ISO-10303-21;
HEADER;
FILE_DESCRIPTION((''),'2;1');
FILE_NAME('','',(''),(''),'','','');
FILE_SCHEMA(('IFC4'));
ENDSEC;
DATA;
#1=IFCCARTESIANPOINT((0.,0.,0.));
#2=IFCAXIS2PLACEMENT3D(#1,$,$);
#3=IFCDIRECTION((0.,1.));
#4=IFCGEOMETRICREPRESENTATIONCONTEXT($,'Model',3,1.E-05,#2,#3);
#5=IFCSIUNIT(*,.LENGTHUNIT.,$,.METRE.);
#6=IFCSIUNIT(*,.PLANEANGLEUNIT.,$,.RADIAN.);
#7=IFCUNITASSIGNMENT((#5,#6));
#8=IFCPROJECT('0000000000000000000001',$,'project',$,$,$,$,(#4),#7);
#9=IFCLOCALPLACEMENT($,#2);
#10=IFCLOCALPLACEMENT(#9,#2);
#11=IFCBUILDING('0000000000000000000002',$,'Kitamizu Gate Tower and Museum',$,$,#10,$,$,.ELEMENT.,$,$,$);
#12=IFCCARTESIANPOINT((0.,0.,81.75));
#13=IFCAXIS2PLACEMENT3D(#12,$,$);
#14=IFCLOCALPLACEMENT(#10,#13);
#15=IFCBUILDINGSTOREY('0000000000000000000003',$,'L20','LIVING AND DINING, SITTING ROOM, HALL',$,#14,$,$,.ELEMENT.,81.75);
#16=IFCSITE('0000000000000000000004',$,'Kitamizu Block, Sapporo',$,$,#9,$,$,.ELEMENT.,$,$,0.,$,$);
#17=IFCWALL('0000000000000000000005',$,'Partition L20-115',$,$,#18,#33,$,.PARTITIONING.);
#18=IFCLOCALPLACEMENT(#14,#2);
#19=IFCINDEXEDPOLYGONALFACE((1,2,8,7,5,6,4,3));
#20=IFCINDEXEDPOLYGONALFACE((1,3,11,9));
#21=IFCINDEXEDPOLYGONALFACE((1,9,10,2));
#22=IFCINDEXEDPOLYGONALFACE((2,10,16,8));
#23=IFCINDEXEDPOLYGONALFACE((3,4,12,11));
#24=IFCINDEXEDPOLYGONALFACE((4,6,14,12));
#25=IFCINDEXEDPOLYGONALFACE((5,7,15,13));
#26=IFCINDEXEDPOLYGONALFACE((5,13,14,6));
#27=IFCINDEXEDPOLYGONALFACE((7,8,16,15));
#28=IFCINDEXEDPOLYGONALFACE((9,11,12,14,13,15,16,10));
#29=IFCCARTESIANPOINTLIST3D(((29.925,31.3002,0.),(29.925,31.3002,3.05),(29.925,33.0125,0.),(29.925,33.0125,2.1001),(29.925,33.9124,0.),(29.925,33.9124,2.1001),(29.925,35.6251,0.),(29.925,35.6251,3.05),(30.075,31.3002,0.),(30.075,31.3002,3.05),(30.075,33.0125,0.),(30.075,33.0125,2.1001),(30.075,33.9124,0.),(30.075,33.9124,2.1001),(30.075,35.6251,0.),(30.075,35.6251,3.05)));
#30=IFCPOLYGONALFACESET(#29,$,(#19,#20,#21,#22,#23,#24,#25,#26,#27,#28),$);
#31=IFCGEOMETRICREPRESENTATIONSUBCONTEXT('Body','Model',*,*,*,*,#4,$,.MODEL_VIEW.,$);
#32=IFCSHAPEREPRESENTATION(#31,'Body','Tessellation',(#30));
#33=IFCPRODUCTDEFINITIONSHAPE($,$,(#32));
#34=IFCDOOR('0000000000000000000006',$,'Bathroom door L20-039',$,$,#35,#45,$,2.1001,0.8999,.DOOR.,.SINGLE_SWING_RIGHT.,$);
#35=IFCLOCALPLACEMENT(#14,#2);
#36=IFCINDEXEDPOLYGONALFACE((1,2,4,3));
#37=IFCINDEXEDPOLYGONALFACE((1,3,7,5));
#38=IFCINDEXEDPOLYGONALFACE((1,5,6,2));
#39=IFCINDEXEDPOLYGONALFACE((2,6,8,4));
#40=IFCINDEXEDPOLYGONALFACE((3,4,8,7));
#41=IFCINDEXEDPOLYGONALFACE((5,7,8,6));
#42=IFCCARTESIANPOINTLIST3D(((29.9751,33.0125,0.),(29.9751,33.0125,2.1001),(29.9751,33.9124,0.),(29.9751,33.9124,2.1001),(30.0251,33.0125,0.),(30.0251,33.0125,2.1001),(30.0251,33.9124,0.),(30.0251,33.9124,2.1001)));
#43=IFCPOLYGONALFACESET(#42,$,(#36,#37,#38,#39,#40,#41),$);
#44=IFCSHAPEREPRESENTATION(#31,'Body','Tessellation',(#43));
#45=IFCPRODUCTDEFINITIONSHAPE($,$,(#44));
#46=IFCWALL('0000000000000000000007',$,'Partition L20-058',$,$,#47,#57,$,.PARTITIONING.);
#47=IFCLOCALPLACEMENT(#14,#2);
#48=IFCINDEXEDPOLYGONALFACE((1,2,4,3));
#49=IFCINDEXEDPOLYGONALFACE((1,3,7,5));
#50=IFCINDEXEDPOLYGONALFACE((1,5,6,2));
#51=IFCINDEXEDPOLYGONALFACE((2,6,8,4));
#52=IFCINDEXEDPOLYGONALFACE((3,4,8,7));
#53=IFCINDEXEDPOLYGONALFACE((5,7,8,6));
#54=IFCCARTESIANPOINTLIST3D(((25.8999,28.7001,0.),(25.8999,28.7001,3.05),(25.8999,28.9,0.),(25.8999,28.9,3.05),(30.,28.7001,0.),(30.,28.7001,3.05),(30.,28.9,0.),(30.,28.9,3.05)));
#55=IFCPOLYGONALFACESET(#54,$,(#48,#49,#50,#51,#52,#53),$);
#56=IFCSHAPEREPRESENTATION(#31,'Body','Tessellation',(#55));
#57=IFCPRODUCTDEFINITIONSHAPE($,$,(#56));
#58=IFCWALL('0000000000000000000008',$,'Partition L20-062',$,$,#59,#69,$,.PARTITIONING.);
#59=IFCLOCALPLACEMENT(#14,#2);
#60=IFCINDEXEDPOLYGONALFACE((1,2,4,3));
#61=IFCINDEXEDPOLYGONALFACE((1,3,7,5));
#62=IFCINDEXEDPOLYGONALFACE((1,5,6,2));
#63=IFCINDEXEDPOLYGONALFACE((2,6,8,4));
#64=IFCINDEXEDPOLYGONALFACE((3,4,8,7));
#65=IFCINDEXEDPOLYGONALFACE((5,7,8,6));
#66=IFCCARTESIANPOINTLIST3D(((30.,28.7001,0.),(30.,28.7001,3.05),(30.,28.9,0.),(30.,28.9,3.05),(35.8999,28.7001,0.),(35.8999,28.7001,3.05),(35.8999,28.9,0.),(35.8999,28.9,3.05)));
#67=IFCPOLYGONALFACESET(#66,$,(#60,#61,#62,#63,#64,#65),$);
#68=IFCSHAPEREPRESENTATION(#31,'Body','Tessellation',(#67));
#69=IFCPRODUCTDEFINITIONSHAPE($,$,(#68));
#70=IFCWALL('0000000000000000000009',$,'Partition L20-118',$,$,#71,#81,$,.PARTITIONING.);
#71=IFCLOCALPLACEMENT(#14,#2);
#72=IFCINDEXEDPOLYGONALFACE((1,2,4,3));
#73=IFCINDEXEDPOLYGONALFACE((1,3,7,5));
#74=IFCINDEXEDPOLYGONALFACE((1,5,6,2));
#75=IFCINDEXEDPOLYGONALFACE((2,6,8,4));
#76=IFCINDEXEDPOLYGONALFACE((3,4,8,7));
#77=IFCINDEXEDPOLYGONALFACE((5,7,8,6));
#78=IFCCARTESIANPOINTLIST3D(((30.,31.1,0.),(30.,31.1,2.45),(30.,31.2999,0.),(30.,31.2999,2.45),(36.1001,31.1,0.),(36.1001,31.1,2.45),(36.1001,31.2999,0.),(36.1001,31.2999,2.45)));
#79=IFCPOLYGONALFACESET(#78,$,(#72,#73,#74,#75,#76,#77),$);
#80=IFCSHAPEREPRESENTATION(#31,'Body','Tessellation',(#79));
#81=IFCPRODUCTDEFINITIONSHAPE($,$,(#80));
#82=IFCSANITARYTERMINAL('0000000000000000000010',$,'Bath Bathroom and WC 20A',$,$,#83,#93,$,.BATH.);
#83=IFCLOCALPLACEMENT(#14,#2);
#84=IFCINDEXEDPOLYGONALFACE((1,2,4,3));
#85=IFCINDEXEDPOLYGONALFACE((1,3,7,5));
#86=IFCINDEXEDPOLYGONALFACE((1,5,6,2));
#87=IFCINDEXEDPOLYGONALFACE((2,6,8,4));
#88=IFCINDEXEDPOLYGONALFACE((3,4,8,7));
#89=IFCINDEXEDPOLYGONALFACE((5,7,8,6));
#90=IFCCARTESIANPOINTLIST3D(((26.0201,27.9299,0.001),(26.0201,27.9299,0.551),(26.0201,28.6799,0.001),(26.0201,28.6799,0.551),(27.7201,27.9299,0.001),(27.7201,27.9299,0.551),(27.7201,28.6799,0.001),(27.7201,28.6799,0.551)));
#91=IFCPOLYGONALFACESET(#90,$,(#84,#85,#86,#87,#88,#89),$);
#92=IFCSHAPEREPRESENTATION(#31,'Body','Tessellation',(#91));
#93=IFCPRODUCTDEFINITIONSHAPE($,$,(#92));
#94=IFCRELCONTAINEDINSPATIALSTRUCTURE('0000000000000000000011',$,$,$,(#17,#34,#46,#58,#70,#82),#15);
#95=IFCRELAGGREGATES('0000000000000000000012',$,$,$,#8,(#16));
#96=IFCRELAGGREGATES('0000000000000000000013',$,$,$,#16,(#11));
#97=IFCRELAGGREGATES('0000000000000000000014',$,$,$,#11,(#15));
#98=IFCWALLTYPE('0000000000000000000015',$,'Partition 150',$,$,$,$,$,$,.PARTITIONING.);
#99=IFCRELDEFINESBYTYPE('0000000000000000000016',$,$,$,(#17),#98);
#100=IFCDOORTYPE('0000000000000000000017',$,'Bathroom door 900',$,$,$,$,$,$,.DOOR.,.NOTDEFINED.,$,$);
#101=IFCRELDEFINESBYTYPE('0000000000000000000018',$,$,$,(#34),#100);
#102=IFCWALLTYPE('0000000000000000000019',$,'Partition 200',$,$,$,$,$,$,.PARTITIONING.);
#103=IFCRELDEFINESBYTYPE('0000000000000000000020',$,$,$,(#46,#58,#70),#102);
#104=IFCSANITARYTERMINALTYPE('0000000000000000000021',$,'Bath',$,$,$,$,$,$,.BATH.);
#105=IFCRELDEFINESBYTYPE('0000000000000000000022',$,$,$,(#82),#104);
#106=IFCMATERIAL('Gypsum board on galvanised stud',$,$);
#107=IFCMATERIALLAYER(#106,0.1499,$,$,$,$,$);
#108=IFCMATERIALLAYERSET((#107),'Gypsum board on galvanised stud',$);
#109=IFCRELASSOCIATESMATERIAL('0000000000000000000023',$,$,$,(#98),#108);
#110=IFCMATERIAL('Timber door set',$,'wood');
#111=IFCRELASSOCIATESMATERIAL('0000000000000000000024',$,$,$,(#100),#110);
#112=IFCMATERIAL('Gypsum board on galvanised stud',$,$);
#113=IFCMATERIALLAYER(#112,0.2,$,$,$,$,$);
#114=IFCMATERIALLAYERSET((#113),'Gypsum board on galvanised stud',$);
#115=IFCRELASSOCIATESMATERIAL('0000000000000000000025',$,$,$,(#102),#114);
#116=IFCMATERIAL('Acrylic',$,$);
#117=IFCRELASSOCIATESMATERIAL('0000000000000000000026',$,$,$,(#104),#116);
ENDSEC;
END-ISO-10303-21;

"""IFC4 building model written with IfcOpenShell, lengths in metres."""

from ifc_helpers import new_model, si_unit, direction, frame, frame_2d, origin, origin_2d, place, context, subcontext, project, spatial, rectangle, extrude, material, layer, layer_set, type_object, element, fill, save


model = new_model("IFC4")

# Units and contexts
model_context = context("Model", 3, precision=1e-05, world=origin(), true_north=direction((0.0, 1.0)))
body_context = subcontext(model_context, "Body", "Model", "MODEL_VIEW")
ifc_project = project(units=[si_unit("LENGTHUNIT", "METRE"), si_unit("PLANEANGLEUNIT", "RADIAN")], contexts=[model_context])

# Site, building, storey
site_placement = place(None, origin())
site = spatial("IfcSite", under=ifc_project, at=site_placement, Name="Kitamizu Block, Sapporo", CompositionType="ELEMENT", RefElevation=0.0)
building_placement = place(site_placement, origin())
building = spatial("IfcBuilding", under=site, at=building_placement, Name="Kitamizu Gate Tower and Museum", CompositionType="ELEMENT")
storey_placement = place(building_placement, frame((0.0, 0.0, 81.75)))
storey = spatial("IfcBuildingStorey", under=building, at=storey_placement, Name="L20", Description="LIVING AND DINING, SITTING ROOM, HALL", CompositionType="ELEMENT", Elevation=81.75)

# Shared definitions
ifc_material_1 = material(Name="Gypsum board on galvanised stud")
ifc_layer_1 = layer(ifc_material_1, 0.1499)
ifc_layer_set_1 = layer_set([ifc_layer_1], Name="Gypsum board on galvanised stud")
wall_type_1 = type_object("IfcWallType", Name="Partition 150", PredefinedType="PARTITIONING", material=ifc_layer_set_1)
ifc_material_2 = material(Name="Timber door set", Category="wood")
door_type_1 = type_object("IfcDoorType", Name="Bathroom door 900", OperationType="NOTDEFINED", PredefinedType="DOOR", material=ifc_material_2)

# Wall, opening, door
wall_1_placement = place(storey_placement, frame((30.0, 31.3, 0.0), z_axis=(0.0, 0.0, 1.0), x_axis=(0.0, 1.0, 0.0)))
wall_1 = element("IfcWall", 1, at=wall_1_placement, inside=storey, type_object=wall_type_1, Name="Partition L20-115", PredefinedType="PARTITIONING", context=body_context, shape_type="SweptSolid", body=[
    extrude(rectangle(XDim=4.325, YDim=0.1499, at=frame_2d((2.1626, 0.0))), origin(), (0.0, 0.0, 1.0), 3.05),
])
opening_1_placement = place(wall_1_placement, frame((1.7124, 0.0, 0.0)))
opening_1 = element("IfcOpeningElement", 2, at=opening_1_placement, cuts=wall_1, PredefinedType="OPENING", context=body_context, shape_type="SweptSolid", body=[
    extrude(rectangle(XDim=0.8999, YDim=2.1001, at=frame_2d((0.45, 1.05))), frame((0.0, 0.085, 0.0), z_axis=(0.0, -1.0, 0.0), x_axis=(1.0, 0.0, 0.0)), (0.0, 0.0, 1.0), 0.1699),
])
door_1_placement = place(opening_1_placement, origin())
door_1 = element("IfcDoor", 3, at=door_1_placement, inside=storey, type_object=door_type_1, Name="Bathroom door L20-039", OperationType="SINGLE_SWING_RIGHT", OverallHeight=2.1001, OverallWidth=0.8999, PredefinedType="DOOR", context=body_context, shape_type="SweptSolid", body=[
    extrude(rectangle(XDim=0.8999, YDim=2.1001, at=frame_2d((0.45, 1.05))), frame((0.0, 0.0249, 0.0), z_axis=(0.0, -1.0, 0.0), x_axis=(1.0, 0.0, 0.0)), (0.0, 0.0, 1.0), 0.05),
])
fill(opening_1, door_1)

# Walls
ifc_material_3 = material(Name="Gypsum board on galvanised stud")
ifc_layer_2 = layer(ifc_material_3, 0.2)
ifc_layer_set_2 = layer_set([ifc_layer_2], Name="Gypsum board on galvanised stud")
wall_type_2 = type_object("IfcWallType", Name="Partition 200", PredefinedType="PARTITIONING", material=ifc_layer_set_2)
wall_2_placement = place(storey_placement, frame((30.0, 28.8, 0.0), z_axis=(0.0, 0.0, 1.0), x_axis=(-1.0, 0.0, 0.0)))
element("IfcWall", 4, at=wall_2_placement, inside=storey, type_object=wall_type_2, Name="Partition L20-058", PredefinedType="PARTITIONING", context=body_context, shape_type="SweptSolid", body=[
    extrude(rectangle(XDim=4.1001, YDim=0.2, at=frame_2d((2.05, 0.0))), origin(), (0.0, 0.0, 1.0), 3.05),
])
wall_3_placement = place(storey_placement, frame((35.8999, 28.8, 0.0), z_axis=(0.0, 0.0, 1.0), x_axis=(-1.0, 0.0, 0.0)))
element("IfcWall", 5, at=wall_3_placement, inside=storey, type_object=wall_type_2, Name="Partition L20-062", PredefinedType="PARTITIONING", context=body_context, shape_type="SweptSolid", body=[
    extrude(rectangle(XDim=5.8999, YDim=0.2, at=frame_2d((2.95, 0.0))), origin(), (0.0, 0.0, 1.0), 3.05),
])
wall_4_placement = place(storey_placement, frame((30.0, 31.2, 0.0), z_axis=(0.0, 0.0, 1.0), x_axis=(1.0, 0.0, 0.0)))
element("IfcWall", 6, at=wall_4_placement, inside=storey, type_object=wall_type_2, Name="Partition L20-118", PredefinedType="PARTITIONING", context=body_context, shape_type="SweptSolid", body=[
    extrude(rectangle(XDim=6.1001, YDim=0.2, at=frame_2d((3.05, 0.0))), origin(), (0.0, 0.0, 1.0), 2.45),
])

# Sanitary terminal
ifc_material_4 = material(Name="Acrylic")
sanitary_terminal_type = type_object("IfcSanitaryTerminalType", Name="Bath", PredefinedType="BATH", material=ifc_material_4)
sanitary_terminal_placement = place(storey_placement, frame((26.8701, 28.3049, 0.001), z_axis=(0.0, 0.0, 1.0), x_axis=(1.0, 0.0, 0.0)))
element("IfcSanitaryTerminal", 7, at=sanitary_terminal_placement, inside=storey, type_object=sanitary_terminal_type, Name="Bath Bathroom and WC 20A", PredefinedType="BATH", context=body_context, shape_type="SweptSolid", body=[
    extrude(rectangle(XDim=1.7, YDim=0.75, at=origin_2d()), origin(), (0.0, 0.0, 1.0), 0.55),
])

save(model, "model.ifc")
